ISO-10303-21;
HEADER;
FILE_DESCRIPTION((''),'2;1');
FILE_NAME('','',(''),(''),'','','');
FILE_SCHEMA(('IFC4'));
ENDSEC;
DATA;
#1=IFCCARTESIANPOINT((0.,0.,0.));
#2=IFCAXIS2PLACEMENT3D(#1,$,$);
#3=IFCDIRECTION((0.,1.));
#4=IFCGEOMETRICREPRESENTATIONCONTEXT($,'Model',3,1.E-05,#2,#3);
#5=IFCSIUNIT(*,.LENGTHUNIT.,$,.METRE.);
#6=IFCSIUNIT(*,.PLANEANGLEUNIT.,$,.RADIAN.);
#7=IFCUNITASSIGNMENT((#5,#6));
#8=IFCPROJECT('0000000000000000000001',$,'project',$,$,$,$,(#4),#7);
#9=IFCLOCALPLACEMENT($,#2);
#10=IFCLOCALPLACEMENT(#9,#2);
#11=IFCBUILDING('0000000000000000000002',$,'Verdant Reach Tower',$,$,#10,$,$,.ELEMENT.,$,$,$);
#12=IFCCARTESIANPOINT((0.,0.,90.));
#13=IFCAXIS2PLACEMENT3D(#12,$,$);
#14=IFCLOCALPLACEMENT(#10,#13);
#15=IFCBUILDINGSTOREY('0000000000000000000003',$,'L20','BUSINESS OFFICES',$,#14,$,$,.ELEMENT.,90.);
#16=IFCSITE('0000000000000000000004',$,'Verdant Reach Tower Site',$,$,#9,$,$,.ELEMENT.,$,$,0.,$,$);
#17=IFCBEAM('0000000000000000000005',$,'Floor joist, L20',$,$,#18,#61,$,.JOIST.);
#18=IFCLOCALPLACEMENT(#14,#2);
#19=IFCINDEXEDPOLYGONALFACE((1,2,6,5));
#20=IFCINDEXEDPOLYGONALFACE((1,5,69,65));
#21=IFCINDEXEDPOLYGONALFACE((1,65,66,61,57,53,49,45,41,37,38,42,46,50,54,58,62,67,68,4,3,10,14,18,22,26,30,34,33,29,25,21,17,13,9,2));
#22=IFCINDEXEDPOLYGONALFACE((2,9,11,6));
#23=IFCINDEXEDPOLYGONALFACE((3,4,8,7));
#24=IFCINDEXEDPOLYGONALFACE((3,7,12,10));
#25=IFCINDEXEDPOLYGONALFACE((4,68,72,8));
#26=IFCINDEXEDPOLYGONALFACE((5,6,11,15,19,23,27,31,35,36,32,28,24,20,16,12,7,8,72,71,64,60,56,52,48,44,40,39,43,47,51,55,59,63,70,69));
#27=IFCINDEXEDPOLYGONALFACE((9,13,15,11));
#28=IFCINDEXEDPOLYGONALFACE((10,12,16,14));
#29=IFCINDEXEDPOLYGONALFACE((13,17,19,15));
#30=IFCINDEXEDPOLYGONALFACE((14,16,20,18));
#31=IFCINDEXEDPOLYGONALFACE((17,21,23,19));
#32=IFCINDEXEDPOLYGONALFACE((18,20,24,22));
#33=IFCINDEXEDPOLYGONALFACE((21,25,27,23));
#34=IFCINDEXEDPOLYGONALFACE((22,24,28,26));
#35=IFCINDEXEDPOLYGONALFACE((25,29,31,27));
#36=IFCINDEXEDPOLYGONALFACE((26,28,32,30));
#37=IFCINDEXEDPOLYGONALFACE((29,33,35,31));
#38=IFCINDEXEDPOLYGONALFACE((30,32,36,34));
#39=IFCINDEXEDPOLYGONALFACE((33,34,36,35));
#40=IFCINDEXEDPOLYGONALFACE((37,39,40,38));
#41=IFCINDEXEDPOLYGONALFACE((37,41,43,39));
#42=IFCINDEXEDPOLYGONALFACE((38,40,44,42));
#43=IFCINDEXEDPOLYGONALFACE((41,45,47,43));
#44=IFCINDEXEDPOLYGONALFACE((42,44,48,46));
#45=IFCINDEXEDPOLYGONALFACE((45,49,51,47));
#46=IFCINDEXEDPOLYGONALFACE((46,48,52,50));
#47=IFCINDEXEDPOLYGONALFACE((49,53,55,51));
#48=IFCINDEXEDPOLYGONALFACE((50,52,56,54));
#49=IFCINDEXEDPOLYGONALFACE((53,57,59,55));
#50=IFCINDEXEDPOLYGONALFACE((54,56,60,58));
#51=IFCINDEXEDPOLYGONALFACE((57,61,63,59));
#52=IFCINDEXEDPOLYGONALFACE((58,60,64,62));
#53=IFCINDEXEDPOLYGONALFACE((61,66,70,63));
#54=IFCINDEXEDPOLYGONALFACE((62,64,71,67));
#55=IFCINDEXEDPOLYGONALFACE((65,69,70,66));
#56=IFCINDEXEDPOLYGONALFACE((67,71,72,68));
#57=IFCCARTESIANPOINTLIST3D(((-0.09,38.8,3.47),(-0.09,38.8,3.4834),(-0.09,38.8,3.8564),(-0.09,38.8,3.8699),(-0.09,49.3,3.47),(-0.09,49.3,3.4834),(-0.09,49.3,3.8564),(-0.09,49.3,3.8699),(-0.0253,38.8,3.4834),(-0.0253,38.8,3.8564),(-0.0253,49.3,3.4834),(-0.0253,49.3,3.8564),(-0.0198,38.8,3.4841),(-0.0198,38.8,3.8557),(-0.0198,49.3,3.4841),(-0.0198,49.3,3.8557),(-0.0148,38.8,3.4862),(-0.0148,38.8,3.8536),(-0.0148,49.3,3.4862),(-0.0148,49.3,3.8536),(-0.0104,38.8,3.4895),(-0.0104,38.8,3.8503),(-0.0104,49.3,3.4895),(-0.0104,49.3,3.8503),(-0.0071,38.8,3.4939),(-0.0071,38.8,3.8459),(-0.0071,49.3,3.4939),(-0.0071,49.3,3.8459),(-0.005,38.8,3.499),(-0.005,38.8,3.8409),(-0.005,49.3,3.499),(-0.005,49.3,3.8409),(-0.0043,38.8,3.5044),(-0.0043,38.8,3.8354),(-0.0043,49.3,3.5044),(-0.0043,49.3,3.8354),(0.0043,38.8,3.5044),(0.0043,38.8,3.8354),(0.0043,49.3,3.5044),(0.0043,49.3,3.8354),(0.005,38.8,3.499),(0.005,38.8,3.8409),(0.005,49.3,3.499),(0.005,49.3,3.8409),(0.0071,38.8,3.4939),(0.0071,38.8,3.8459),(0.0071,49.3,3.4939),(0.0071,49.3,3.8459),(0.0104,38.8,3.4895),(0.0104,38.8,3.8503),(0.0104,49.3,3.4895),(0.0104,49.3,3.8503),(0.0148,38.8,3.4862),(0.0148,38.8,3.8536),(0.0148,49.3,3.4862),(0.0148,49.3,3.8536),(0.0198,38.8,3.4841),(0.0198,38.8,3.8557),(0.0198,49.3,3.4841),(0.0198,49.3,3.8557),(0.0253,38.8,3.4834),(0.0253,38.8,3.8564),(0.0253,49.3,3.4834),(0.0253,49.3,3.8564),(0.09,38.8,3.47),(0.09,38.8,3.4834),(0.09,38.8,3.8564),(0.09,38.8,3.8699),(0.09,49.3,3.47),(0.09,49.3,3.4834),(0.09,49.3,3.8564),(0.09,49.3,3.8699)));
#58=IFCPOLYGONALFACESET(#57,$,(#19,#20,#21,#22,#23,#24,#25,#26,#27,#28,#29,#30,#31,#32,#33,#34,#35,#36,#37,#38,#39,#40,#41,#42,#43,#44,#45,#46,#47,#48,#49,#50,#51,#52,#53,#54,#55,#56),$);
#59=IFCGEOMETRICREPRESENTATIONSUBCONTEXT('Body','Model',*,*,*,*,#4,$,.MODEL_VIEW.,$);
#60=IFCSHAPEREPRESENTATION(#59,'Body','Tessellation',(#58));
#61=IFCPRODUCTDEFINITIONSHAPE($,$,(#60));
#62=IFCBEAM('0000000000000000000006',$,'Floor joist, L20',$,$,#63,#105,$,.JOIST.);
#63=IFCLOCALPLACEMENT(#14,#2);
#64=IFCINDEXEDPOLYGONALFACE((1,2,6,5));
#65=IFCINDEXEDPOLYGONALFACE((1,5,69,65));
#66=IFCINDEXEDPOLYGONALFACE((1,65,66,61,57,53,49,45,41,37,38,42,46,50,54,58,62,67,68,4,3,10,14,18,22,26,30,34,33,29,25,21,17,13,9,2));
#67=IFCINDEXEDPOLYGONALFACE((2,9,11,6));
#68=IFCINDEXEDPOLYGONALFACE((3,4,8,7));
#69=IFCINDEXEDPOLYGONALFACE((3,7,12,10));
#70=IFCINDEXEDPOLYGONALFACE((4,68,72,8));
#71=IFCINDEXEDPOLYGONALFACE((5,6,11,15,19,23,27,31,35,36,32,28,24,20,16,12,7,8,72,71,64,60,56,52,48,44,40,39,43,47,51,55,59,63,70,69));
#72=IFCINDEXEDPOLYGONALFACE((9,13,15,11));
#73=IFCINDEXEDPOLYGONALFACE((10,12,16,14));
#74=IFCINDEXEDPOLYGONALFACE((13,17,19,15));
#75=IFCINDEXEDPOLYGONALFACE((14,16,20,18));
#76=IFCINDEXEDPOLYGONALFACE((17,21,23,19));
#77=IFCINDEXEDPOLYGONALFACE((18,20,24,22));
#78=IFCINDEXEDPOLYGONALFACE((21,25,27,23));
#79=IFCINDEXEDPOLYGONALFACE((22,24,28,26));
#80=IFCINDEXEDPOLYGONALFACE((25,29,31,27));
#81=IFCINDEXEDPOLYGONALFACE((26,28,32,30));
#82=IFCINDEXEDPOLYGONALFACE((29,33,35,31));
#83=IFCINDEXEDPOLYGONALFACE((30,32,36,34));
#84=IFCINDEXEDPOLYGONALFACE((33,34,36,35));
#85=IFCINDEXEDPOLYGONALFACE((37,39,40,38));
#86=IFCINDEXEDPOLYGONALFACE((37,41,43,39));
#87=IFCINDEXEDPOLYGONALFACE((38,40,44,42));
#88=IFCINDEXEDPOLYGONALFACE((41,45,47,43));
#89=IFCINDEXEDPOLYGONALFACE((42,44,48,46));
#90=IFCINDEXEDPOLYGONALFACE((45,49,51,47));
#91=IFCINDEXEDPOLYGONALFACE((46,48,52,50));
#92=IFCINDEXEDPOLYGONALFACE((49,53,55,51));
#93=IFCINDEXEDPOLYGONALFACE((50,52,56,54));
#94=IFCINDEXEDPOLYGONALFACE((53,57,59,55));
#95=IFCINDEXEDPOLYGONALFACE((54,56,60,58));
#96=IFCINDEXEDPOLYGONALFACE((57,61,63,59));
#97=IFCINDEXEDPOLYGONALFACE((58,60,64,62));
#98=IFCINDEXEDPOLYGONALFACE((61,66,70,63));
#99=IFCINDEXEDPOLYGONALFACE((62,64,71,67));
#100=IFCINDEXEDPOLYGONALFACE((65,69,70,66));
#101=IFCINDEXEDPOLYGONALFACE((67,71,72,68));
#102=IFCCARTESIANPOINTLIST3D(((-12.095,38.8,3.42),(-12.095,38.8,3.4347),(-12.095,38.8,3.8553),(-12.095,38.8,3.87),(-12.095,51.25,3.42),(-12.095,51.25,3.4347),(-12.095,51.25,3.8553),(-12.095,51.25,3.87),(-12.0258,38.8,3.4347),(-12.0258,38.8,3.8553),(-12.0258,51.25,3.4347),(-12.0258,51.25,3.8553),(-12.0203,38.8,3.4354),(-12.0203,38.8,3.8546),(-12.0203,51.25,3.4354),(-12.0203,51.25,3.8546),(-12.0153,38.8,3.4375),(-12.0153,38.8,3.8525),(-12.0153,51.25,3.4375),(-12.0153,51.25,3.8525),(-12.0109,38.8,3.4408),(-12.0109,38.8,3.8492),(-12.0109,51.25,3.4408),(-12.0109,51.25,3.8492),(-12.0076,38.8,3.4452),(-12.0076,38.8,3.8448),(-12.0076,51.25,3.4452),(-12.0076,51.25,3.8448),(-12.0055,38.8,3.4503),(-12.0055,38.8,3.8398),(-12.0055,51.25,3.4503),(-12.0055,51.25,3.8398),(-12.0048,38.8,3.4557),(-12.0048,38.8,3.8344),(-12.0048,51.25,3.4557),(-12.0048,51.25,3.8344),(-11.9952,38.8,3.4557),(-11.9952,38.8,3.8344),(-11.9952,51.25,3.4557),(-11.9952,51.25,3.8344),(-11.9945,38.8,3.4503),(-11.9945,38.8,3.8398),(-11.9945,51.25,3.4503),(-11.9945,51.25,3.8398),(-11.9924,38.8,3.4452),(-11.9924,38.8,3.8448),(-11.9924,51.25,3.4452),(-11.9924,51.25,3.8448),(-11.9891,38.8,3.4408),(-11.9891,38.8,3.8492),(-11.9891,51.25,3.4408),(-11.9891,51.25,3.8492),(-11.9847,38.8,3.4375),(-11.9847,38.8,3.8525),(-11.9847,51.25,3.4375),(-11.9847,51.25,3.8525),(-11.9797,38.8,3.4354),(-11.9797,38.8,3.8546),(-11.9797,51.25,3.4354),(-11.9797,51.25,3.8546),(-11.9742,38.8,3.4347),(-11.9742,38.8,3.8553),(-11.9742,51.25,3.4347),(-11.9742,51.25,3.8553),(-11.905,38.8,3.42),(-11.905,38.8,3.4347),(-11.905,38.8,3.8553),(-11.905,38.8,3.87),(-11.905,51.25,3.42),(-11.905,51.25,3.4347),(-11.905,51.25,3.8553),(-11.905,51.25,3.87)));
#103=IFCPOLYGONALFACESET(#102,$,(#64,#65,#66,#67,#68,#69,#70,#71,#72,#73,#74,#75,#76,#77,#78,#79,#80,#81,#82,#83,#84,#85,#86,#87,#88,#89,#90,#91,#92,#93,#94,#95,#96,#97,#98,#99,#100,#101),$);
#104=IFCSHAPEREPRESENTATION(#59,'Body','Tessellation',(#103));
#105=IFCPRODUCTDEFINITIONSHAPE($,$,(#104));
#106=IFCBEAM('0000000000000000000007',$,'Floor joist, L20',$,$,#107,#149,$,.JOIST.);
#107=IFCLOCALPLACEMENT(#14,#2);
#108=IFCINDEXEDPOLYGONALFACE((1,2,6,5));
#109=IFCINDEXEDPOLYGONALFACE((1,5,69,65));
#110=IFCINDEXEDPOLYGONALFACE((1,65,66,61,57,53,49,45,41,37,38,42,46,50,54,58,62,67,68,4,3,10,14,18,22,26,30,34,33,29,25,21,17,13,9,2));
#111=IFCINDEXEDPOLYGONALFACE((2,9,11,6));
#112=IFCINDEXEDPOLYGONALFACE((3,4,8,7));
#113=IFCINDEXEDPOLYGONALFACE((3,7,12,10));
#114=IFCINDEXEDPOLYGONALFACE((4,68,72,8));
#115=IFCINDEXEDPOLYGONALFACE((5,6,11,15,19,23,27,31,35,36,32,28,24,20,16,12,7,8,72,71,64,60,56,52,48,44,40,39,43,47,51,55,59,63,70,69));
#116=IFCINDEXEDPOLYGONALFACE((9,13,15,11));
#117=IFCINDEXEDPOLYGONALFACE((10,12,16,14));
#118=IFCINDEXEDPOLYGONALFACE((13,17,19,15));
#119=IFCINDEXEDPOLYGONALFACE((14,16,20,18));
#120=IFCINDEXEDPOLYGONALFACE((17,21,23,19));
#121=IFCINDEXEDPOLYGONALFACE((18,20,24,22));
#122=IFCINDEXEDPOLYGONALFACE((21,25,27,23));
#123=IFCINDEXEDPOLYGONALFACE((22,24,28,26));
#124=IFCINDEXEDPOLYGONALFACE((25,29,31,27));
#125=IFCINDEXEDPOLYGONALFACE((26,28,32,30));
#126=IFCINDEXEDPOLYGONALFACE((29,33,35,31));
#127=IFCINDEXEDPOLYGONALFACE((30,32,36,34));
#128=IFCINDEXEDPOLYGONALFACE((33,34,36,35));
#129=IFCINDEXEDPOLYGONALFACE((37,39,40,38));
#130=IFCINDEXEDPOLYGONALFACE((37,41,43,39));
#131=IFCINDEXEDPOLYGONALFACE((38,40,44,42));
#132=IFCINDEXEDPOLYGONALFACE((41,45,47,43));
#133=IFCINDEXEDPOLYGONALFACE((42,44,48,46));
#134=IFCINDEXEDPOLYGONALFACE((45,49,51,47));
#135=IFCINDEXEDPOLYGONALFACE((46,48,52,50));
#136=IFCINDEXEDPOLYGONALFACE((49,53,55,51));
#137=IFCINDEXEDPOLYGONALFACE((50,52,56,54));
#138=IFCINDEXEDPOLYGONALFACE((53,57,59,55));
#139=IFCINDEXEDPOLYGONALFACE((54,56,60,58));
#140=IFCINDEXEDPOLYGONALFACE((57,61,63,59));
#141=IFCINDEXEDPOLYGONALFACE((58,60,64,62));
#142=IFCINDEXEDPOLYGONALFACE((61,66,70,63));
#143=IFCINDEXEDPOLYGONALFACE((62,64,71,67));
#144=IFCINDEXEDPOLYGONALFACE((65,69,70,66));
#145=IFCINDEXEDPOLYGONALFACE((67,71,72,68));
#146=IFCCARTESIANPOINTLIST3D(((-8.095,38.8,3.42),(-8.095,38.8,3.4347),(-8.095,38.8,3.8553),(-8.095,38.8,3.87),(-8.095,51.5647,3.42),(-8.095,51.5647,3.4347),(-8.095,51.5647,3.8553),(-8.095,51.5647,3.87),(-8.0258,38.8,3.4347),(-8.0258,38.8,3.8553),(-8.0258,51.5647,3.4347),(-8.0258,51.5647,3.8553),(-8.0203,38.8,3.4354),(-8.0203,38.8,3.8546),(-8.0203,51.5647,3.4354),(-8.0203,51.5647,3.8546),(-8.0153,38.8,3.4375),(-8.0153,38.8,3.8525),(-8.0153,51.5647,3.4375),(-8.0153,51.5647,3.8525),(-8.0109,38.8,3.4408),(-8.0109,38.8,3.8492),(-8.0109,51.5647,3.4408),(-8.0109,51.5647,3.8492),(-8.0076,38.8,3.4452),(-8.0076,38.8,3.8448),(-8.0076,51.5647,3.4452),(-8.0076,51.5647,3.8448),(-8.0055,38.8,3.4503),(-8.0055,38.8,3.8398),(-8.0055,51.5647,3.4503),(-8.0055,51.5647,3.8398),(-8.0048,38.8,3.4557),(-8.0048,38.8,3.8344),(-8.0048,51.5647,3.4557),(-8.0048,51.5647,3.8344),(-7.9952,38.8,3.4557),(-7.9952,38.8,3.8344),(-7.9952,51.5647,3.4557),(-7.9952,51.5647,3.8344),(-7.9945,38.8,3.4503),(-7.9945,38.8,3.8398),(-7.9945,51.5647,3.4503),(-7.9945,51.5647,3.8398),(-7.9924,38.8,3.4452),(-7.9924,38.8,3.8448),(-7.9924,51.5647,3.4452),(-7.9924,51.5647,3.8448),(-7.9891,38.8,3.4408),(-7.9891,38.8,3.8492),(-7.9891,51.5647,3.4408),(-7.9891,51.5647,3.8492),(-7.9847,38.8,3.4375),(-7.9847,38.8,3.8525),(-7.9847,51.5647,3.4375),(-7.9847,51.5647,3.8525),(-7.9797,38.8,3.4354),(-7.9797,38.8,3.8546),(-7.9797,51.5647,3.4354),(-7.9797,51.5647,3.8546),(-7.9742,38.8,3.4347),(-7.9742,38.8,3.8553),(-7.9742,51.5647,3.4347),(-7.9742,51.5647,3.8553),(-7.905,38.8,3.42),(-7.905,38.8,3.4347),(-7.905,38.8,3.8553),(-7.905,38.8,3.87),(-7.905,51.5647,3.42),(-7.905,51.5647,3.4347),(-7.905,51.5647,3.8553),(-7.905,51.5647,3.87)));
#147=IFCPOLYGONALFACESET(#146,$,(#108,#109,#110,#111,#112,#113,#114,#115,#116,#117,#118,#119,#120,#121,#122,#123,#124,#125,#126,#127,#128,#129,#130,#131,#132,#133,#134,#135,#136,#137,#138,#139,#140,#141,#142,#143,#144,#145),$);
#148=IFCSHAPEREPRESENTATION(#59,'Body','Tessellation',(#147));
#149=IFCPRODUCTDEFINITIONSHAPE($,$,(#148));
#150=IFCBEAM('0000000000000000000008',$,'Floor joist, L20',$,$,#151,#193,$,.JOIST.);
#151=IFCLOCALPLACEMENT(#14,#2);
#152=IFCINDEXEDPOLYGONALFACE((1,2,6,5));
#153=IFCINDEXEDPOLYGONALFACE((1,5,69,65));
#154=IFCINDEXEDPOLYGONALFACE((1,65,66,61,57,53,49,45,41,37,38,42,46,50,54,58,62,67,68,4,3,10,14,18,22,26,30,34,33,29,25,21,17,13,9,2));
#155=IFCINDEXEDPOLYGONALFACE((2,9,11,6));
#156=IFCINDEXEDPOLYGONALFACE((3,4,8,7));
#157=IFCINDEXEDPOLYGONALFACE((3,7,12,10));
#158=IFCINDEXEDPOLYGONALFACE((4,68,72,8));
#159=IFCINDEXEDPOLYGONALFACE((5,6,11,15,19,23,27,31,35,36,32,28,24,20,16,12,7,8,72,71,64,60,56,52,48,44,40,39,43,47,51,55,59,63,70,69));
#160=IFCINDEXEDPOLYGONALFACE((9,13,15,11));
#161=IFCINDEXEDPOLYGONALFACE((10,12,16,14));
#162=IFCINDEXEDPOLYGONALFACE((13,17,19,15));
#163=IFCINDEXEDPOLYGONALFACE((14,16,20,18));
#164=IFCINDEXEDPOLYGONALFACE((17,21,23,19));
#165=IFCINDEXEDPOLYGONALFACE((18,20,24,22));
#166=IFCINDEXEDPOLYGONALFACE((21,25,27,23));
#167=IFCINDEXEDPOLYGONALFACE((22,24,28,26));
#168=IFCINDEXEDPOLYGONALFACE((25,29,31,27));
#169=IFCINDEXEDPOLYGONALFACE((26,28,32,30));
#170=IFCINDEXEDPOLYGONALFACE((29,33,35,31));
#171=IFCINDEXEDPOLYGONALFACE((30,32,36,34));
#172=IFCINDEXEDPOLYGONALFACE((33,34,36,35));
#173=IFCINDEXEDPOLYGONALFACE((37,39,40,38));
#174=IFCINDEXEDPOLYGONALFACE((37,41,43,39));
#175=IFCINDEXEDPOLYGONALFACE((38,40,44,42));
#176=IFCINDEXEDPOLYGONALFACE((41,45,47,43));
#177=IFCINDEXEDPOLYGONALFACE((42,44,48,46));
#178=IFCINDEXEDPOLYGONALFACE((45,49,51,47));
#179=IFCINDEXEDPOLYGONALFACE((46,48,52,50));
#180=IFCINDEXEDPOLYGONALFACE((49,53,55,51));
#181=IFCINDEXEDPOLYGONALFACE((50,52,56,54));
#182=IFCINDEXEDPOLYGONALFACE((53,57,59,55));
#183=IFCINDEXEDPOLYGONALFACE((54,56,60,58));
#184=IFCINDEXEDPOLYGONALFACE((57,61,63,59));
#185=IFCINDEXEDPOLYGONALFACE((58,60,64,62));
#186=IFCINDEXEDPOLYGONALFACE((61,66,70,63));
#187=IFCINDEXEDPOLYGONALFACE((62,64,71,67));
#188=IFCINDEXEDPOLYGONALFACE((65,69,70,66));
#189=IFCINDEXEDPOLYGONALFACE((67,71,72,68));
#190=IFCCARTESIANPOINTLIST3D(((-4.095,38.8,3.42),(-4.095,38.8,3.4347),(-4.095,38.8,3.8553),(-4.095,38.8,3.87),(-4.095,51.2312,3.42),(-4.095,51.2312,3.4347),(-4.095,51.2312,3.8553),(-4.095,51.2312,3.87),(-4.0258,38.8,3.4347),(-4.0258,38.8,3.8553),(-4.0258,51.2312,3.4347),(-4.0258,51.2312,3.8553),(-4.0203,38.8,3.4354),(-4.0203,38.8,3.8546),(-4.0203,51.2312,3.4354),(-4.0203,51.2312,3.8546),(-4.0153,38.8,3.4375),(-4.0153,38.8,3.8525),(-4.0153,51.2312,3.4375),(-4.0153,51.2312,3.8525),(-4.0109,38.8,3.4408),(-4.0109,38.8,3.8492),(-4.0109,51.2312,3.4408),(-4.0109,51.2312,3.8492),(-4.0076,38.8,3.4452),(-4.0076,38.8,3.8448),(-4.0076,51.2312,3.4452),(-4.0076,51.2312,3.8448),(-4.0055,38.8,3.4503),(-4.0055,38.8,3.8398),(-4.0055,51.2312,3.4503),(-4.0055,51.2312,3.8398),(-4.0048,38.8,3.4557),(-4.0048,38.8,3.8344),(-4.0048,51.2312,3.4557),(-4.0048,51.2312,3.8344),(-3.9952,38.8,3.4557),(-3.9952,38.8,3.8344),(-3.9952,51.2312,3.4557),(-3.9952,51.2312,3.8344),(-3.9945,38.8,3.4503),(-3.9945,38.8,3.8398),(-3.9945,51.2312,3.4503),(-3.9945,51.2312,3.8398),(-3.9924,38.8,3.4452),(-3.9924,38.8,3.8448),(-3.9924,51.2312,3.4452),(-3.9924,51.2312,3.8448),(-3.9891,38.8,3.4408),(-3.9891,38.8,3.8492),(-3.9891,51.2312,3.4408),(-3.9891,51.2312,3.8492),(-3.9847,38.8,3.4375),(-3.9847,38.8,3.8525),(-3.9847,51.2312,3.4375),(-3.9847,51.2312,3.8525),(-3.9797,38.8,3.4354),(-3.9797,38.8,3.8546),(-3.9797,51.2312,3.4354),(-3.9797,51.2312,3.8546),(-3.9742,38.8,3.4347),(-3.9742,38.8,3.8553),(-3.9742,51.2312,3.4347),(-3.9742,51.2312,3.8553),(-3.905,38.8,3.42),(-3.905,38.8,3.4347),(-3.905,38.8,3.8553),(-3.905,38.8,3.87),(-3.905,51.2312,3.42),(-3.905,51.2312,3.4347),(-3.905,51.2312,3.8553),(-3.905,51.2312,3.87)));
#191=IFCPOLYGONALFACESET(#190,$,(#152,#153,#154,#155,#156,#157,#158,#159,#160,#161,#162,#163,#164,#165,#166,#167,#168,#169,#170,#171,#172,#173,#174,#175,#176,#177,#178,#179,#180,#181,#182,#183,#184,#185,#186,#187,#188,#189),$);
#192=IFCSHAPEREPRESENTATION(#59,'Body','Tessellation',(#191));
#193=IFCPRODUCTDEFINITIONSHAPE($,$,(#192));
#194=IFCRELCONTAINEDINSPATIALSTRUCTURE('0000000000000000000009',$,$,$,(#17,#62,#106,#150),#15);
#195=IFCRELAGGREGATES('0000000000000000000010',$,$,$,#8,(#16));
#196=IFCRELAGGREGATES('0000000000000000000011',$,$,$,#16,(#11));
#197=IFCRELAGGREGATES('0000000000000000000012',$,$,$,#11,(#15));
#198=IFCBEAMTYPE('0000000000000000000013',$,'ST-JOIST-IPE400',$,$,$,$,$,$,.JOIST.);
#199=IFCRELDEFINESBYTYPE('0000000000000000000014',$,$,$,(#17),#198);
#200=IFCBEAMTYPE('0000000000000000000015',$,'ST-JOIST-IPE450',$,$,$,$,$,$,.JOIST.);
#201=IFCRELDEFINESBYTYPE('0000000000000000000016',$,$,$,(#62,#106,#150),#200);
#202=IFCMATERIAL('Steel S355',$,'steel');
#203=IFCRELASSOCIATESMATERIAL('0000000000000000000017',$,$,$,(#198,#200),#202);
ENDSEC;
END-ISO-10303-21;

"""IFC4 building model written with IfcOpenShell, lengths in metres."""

from ifc_helpers import new_model, si_unit, direction, frame, origin, origin_2d, place, context, subcontext, project, spatial, i_section, extrude, material, material_profile, profile_set, type_object, element, save


model = new_model("IFC4")

# Units and contexts
model_context = context("Model", 3, precision=1e-05, world=origin(), true_north=direction((0.0, 1.0)))
body_context = subcontext(model_context, "Body", "Model", "MODEL_VIEW")
ifc_project = project(units=[si_unit("LENGTHUNIT", "METRE"), si_unit("PLANEANGLEUNIT", "RADIAN")], contexts=[model_context])

# Site, building, storey
site_placement = place(None, origin())
site = spatial("IfcSite", under=ifc_project, at=site_placement, Name="Verdant Reach Tower Site", CompositionType="ELEMENT", RefElevation=0.0)
building_placement = place(site_placement, origin())
building = spatial("IfcBuilding", under=site, at=building_placement, Name="Verdant Reach Tower", CompositionType="ELEMENT")
storey_placement = place(building_placement, frame((0.0, 0.0, 90.0)))
storey = spatial("IfcBuildingStorey", under=building, at=storey_placement, Name="L20", Description="BUSINESS OFFICES", CompositionType="ELEMENT", Elevation=90.0)

# Beams
ifc_material_1 = material(Name="Steel S355", Category="steel")
ifc_material_profile_1 = material_profile(ifc_material_1, i_section(OverallWidth=0.1799, OverallDepth=0.3999, WebThickness=0.0085, FlangeThickness=0.0134, FilletRadius=0.021, at=origin_2d()), Name="IPE 400")
ifc_profile_set_1 = profile_set([ifc_material_profile_1], Name="Steel S355")
beam_type_1 = type_object("IfcBeamType", Name="ST-JOIST-IPE400", PredefinedType="JOIST", material=ifc_profile_set_1)
beam_1_placement = place(storey_placement, frame((0.0, 38.8, 3.6699), z_axis=(0.0, 1.0, 0.0), x_axis=(-1.0, 0.0, 0.0)))
element("IfcBeam", 1, at=beam_1_placement, inside=storey, type_object=beam_type_1, Name="Floor joist, L20", PredefinedType="JOIST", context=body_context, shape_type="SweptSolid", body=[
    extrude(i_section(OverallWidth=0.1799, OverallDepth=0.3999, WebThickness=0.0085, FlangeThickness=0.0134, FilletRadius=0.021, at=origin_2d()), origin(), (0.0, 0.0, 1.0), 10.5),
])
ifc_material_profile_2 = material_profile(ifc_material_1, i_section(OverallWidth=0.1899, OverallDepth=0.45, WebThickness=0.0095, FlangeThickness=0.0146, FilletRadius=0.021, at=origin_2d()), Name="IPE 450")
ifc_profile_set_2 = profile_set([ifc_material_profile_2], Name="Steel S355")
beam_type_2 = type_object("IfcBeamType", Name="ST-JOIST-IPE450", PredefinedType="JOIST", material=ifc_profile_set_2)
beam_2_placement = place(storey_placement, frame((-12.0, 38.8, 3.645), z_axis=(0.0, 1.0, 0.0), x_axis=(-1.0, 0.0, 0.0)))
element("IfcBeam", 2, at=beam_2_placement, inside=storey, type_object=beam_type_2, Name="Floor joist, L20", PredefinedType="JOIST", context=body_context, shape_type="SweptSolid", body=[
    extrude(i_section(OverallWidth=0.1899, OverallDepth=0.45, WebThickness=0.0095, FlangeThickness=0.0146, FilletRadius=0.021, at=origin_2d()), origin(), (0.0, 0.0, 1.0), 12.45),
])
beam_3_placement = place(storey_placement, frame((-8.0, 38.8, 3.645), z_axis=(0.0, 1.0, 0.0), x_axis=(-1.0, 0.0, 0.0)))
element("IfcBeam", 3, at=beam_3_placement, inside=storey, type_object=beam_type_2, Name="Floor joist, L20", PredefinedType="JOIST", context=body_context, shape_type="SweptSolid", body=[
    extrude(i_section(OverallWidth=0.1899, OverallDepth=0.45, WebThickness=0.0095, FlangeThickness=0.0146, FilletRadius=0.021, at=origin_2d()), origin(), (0.0, 0.0, 1.0), 12.7646),
])
beam_4_placement = place(storey_placement, frame((-4.0, 38.8, 3.645), z_axis=(0.0, 1.0, 0.0), x_axis=(-1.0, 0.0, 0.0)))
element("IfcBeam", 4, at=beam_4_placement, inside=storey, type_object=beam_type_2, Name="Floor joist, L20", PredefinedType="JOIST", context=body_context, shape_type="SweptSolid", body=[
    extrude(i_section(OverallWidth=0.1899, OverallDepth=0.45, WebThickness=0.0095, FlangeThickness=0.0146, FilletRadius=0.021, at=origin_2d()), origin(), (0.0, 0.0, 1.0), 12.4312),
])

save(model, "model.ifc")
